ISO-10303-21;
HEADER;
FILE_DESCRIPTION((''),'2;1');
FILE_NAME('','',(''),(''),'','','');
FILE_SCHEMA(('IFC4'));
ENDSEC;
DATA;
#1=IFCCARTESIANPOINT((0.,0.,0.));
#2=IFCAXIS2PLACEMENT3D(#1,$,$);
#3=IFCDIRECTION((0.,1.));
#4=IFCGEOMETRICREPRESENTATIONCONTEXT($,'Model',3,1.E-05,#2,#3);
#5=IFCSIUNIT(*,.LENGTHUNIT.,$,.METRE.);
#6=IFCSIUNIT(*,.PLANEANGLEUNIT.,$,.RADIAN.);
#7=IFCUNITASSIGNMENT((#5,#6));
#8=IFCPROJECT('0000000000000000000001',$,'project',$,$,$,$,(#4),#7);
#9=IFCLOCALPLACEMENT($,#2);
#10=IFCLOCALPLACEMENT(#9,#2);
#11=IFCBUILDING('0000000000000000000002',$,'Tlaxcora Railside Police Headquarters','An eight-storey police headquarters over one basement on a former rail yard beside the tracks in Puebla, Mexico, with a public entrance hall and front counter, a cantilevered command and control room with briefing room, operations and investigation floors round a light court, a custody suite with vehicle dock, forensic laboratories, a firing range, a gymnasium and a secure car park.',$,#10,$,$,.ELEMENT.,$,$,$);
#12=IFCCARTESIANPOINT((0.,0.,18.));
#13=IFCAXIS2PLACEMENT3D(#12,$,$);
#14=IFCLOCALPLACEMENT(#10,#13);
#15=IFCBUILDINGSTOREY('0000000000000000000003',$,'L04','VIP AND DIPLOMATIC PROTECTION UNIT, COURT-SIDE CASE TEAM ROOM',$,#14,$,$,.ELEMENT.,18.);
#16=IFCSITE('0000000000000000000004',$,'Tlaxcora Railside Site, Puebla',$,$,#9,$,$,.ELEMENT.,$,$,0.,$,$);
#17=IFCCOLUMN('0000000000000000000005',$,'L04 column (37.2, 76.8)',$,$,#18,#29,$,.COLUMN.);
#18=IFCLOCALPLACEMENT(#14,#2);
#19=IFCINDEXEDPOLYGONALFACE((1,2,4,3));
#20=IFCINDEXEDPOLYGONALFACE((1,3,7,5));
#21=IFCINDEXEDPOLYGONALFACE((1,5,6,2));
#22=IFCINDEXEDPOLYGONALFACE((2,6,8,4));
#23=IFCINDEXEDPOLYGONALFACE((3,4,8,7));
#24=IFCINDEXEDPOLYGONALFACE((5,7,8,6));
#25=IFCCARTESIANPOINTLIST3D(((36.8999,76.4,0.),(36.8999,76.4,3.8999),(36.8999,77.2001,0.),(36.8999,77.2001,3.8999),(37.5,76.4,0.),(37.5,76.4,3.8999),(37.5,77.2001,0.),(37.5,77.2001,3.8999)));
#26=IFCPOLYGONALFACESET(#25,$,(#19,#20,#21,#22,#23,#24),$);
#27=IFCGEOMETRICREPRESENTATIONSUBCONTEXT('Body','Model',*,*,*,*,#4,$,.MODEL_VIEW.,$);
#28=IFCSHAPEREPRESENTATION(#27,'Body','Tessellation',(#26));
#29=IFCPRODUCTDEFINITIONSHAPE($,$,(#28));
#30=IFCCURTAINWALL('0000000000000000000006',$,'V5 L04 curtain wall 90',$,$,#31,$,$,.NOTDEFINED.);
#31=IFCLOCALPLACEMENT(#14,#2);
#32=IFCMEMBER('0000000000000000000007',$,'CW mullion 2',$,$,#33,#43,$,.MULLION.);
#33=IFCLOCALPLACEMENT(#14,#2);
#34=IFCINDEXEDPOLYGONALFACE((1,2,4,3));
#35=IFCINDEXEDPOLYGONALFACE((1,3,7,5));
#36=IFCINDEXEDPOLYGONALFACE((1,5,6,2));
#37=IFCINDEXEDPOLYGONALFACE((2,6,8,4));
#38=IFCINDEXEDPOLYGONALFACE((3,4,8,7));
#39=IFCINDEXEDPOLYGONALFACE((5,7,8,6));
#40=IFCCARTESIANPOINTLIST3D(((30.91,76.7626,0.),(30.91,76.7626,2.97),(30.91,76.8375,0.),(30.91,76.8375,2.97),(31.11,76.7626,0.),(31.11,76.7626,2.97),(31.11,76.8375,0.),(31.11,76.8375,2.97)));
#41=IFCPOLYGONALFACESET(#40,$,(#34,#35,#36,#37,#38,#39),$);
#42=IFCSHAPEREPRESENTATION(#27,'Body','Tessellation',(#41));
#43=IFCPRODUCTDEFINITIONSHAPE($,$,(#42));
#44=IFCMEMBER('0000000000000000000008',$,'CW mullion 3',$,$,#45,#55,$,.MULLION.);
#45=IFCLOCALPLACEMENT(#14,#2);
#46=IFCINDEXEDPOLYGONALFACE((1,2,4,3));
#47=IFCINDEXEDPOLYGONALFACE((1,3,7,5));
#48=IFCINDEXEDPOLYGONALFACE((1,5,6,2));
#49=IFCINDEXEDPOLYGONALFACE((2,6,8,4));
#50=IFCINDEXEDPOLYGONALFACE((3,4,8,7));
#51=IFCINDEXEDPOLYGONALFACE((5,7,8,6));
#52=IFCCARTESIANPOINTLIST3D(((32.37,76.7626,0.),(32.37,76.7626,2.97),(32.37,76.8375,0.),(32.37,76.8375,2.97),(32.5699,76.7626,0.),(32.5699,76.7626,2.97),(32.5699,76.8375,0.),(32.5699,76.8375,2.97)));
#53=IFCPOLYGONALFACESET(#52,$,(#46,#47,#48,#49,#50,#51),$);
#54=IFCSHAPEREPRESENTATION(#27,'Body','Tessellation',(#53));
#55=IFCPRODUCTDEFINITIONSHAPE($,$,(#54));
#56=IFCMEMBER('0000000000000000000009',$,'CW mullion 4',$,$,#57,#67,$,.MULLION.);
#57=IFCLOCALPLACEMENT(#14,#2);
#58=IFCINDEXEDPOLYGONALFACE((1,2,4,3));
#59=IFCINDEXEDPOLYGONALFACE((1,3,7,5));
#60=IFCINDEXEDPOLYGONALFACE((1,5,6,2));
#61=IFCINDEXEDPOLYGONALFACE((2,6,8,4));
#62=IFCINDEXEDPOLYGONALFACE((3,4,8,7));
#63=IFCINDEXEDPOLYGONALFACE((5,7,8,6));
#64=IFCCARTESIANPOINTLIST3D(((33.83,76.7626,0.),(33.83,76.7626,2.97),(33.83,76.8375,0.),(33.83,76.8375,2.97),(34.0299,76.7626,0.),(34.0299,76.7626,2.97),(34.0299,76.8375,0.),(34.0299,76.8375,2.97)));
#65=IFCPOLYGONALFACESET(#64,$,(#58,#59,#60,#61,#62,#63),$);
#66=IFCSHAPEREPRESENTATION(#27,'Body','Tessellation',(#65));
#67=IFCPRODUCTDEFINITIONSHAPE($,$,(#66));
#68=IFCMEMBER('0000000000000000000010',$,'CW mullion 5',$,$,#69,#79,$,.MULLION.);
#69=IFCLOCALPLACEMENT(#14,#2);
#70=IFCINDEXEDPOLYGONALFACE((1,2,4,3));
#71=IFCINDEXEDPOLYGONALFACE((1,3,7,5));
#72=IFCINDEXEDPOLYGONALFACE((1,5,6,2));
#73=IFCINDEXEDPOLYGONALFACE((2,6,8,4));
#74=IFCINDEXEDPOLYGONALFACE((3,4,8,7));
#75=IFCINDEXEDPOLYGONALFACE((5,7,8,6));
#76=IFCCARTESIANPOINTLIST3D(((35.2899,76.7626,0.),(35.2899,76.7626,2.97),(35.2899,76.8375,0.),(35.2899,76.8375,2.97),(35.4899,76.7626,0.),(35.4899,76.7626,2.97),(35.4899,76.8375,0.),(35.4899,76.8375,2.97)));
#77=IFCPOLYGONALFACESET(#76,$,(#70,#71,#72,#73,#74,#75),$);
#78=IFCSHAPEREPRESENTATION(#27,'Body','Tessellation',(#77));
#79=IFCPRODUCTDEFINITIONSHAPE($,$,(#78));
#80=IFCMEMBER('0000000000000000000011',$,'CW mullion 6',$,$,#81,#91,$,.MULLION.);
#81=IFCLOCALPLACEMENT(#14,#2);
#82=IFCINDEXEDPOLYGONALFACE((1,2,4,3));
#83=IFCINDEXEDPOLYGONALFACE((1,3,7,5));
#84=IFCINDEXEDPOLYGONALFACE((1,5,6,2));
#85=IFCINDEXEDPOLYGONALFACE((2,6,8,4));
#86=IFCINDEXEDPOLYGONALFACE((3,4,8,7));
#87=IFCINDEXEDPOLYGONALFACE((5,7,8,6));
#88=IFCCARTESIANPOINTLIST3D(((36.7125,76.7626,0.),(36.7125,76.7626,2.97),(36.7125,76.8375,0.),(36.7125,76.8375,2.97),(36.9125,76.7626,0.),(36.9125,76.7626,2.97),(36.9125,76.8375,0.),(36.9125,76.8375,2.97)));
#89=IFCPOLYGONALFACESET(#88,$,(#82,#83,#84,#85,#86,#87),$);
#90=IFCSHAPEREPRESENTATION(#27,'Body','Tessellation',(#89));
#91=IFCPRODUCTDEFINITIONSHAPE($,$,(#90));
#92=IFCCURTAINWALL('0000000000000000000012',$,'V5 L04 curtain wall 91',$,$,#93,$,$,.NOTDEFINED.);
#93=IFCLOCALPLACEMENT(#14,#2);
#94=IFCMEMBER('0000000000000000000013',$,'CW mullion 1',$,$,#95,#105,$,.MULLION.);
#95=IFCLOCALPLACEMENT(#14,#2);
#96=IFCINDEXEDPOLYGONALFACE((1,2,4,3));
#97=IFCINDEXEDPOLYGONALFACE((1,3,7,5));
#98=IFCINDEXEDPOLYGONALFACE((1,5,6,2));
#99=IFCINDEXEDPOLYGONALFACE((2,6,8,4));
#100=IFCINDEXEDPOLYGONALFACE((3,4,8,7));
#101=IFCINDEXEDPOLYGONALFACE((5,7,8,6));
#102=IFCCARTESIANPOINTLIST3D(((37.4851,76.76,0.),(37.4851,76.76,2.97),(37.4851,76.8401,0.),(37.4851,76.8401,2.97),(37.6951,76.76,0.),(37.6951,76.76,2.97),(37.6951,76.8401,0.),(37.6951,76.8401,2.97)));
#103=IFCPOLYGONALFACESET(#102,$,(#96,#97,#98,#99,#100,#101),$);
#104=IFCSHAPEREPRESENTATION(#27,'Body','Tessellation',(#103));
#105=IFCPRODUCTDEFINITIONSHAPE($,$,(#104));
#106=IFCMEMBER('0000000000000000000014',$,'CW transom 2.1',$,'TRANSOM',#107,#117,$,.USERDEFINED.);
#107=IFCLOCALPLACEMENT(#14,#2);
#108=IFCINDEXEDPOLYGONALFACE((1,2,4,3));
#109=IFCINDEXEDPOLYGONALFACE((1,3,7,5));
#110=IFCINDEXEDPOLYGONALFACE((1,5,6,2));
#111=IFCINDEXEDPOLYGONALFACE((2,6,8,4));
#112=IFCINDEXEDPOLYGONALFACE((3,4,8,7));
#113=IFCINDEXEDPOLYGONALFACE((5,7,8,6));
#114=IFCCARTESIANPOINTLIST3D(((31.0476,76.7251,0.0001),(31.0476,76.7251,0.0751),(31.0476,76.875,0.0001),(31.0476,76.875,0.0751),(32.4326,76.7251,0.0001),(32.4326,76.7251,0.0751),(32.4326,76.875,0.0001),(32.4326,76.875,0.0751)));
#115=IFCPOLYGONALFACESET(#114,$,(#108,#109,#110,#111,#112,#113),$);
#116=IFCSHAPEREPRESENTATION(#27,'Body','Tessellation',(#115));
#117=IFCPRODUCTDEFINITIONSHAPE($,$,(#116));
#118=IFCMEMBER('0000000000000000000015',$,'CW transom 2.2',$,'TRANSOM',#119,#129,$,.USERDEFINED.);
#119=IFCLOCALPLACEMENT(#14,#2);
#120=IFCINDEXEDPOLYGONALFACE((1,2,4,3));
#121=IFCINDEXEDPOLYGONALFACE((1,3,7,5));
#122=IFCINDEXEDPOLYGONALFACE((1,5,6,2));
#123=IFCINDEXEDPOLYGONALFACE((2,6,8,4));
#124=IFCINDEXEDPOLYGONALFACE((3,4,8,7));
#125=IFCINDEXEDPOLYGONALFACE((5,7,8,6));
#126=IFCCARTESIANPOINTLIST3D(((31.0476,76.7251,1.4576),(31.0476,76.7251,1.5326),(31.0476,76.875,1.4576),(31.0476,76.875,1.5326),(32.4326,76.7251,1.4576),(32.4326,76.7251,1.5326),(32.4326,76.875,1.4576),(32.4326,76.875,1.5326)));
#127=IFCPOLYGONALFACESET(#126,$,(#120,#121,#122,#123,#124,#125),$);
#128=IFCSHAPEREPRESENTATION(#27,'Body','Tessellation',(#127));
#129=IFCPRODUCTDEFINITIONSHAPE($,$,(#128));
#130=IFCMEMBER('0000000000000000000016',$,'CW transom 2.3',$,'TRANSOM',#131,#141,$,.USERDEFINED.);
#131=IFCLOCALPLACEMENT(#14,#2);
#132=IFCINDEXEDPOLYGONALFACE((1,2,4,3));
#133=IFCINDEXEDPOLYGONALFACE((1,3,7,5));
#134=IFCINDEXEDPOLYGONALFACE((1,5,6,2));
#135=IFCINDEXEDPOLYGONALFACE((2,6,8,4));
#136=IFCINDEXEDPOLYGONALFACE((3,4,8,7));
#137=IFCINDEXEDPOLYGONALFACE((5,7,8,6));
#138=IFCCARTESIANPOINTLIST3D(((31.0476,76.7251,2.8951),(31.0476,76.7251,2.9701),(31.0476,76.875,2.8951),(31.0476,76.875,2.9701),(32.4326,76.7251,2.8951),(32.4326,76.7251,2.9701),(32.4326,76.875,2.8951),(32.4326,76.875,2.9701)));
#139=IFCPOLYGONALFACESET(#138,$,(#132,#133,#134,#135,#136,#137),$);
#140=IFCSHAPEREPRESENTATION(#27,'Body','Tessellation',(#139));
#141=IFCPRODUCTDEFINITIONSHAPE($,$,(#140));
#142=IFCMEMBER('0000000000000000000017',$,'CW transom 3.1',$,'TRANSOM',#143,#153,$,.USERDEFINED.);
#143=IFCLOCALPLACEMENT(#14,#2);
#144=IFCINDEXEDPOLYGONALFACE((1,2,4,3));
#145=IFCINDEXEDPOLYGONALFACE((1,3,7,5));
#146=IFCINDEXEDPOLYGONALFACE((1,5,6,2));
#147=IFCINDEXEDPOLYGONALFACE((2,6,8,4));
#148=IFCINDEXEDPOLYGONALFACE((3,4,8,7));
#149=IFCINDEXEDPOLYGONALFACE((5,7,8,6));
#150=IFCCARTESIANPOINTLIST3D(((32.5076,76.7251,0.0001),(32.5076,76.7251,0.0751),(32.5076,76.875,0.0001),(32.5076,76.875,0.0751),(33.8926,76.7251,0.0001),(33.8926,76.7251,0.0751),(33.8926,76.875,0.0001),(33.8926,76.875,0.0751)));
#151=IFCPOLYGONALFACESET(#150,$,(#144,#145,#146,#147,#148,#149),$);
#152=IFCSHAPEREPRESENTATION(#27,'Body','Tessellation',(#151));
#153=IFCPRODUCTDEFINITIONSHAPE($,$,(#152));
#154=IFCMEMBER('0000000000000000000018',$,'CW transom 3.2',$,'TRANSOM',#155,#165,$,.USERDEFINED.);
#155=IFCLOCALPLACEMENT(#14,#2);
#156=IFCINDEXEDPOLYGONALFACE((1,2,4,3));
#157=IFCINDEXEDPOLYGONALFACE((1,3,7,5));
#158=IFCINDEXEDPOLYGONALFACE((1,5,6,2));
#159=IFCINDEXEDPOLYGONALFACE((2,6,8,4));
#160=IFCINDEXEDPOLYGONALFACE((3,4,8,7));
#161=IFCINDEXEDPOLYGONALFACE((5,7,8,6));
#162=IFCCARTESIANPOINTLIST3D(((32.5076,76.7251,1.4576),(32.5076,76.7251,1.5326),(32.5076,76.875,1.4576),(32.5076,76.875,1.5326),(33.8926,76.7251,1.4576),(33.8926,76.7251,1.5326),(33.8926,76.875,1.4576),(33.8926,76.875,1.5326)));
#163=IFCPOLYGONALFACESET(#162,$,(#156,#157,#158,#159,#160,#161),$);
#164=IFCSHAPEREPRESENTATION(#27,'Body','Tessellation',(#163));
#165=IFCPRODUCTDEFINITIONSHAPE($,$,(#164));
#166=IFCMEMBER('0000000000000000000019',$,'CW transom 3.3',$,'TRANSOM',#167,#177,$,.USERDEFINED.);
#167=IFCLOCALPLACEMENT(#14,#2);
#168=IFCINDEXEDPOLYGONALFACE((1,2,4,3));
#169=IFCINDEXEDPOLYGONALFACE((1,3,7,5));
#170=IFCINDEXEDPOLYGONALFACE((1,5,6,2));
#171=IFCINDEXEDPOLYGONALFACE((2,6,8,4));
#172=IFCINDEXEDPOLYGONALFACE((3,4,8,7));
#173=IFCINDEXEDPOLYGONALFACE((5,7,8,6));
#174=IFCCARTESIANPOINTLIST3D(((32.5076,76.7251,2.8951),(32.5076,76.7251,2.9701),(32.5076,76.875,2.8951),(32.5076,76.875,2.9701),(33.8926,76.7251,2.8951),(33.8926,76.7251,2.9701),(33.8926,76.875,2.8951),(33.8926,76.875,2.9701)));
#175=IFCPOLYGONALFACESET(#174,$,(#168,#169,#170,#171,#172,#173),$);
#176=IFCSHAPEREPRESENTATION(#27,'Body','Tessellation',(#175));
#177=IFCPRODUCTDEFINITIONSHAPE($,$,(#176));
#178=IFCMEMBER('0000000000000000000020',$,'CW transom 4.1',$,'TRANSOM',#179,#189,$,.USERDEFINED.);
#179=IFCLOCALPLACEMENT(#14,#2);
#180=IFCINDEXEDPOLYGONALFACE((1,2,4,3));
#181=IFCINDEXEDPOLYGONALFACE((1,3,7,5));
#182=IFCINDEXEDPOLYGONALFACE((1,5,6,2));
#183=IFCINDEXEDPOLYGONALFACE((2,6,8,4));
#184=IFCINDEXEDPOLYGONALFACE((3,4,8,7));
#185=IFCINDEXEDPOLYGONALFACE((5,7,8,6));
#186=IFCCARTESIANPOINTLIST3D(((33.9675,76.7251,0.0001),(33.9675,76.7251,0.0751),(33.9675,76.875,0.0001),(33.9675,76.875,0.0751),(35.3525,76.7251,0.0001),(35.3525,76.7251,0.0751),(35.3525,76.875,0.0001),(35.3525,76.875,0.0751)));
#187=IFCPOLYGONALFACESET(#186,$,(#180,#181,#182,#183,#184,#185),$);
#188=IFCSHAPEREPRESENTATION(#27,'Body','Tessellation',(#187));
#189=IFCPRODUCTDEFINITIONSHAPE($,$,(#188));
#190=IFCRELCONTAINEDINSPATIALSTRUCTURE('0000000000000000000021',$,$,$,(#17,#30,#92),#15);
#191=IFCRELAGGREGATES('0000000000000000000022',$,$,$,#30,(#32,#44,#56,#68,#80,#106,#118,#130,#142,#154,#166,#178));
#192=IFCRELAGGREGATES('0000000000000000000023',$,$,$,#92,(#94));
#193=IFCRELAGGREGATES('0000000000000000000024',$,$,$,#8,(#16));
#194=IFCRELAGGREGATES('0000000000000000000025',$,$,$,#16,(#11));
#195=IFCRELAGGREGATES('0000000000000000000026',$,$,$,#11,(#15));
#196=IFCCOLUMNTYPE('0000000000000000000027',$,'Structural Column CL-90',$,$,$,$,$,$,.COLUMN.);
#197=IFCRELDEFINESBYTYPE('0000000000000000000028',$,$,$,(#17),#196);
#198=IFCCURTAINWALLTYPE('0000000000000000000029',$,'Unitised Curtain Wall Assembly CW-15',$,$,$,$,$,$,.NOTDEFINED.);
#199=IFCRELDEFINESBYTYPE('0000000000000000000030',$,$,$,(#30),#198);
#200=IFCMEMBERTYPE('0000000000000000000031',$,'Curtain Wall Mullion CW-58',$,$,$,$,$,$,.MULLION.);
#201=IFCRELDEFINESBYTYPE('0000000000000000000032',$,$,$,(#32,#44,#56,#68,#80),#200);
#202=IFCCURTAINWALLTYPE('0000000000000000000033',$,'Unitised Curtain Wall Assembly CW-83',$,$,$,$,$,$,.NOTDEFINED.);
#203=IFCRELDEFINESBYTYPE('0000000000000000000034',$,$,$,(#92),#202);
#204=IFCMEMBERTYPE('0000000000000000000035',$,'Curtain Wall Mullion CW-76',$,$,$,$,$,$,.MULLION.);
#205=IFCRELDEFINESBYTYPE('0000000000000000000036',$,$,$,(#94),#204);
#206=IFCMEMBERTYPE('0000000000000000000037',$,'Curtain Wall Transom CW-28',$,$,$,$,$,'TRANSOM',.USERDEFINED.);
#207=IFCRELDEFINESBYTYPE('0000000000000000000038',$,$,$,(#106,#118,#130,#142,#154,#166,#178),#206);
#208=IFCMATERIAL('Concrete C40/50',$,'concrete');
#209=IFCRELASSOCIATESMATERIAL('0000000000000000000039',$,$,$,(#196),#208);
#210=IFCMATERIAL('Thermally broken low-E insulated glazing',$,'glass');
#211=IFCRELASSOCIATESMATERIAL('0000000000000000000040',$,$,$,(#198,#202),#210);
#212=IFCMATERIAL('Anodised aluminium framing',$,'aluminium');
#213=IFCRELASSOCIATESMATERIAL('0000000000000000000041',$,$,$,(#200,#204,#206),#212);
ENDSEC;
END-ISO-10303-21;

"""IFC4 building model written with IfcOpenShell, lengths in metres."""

from ifc_helpers import new_model, si_unit, direction, frame, origin, origin_2d, place, context, subcontext, project, spatial, rectangle, extrude, material, material_profile, profile_set, type_object, element, aggregate, save


model = new_model("IFC4")

# Units and contexts
model_context = context("Model", 3, precision=1e-05, world=origin(), true_north=direction((0.0, 1.0)))
body_context = subcontext(model_context, "Body", "Model", "MODEL_VIEW")
ifc_project = project(units=[si_unit("LENGTHUNIT", "METRE"), si_unit("PLANEANGLEUNIT", "RADIAN")], contexts=[model_context])

# Site, building, storey
site_placement = place(None, origin())
site = spatial("IfcSite", under=ifc_project, at=site_placement, Name="Tlaxcora Railside Site, Puebla", CompositionType="ELEMENT", RefElevation=0.0)
building_placement = place(site_placement, origin())
building = spatial("IfcBuilding", under=site, at=building_placement, Name="Tlaxcora Railside Police Headquarters", Description="An eight-storey police headquarters over one basement on a former rail yard beside the tracks in Puebla, Mexico, with a public entrance hall and front counter, a cantilevered command and control room with briefing room, operations and investigation floors round a light court, a custody suite with vehicle dock, forensic laboratories, a firing range, a gymnasium and a secure car park.", CompositionType="ELEMENT")
storey_placement = place(building_placement, frame((0.0, 0.0, 18.0)))
storey = spatial("IfcBuildingStorey", under=building, at=storey_placement, Name="L04", Description="VIP AND DIPLOMATIC PROTECTION UNIT, COURT-SIDE CASE TEAM ROOM", CompositionType="ELEMENT", Elevation=18.0)

# Column
ifc_material_1 = material(Name="Concrete C40/50", Category="concrete")
ifc_material_profile_1 = material_profile(ifc_material_1, rectangle(XDim=0.6001, YDim=0.8, at=origin_2d()), Name="RC600X800")
ifc_profile_set_1 = profile_set([ifc_material_profile_1], Name="Concrete C40/50")
column_type = type_object("IfcColumnType", Name="Structural Column CL-90", PredefinedType="COLUMN", material=ifc_profile_set_1)
column_placement = place(storey_placement, frame((37.2, 76.8, 0.0), z_axis=(0.0, 0.0, 1.0), x_axis=(1.0, 0.0, 0.0)))
element("IfcColumn", 1, at=column_placement, inside=storey, type_object=column_type, Name="L04 column (37.2, 76.8)", PredefinedType="COLUMN", context=body_context, shape_type="SweptSolid", body=[
    extrude(rectangle(XDim=0.6001, YDim=0.8, at=origin_2d()), origin(), (0.0, 0.0, 1.0), 3.8999),
])

# Curtain wall, members
ifc_material_2 = material(Name="Thermally broken low-E insulated glazing", Category="glass")
curtain_wall_type_1 = type_object("IfcCurtainWallType", Name="Unitised Curtain Wall Assembly CW-15", PredefinedType="NOTDEFINED", material=ifc_material_2)
curtain_wall_1_placement = place(storey_placement, origin())
curtain_wall_1 = element("IfcCurtainWall", 2, at=curtain_wall_1_placement, inside=storey, type_object=curtain_wall_type_1, Name="V5 L04 curtain wall 90", PredefinedType="NOTDEFINED")
ifc_material_3 = material(Name="Anodised aluminium framing", Category="aluminium")
ifc_material_profile_2 = material_profile(ifc_material_3, rectangle(XDim=0.075, YDim=0.2, at=origin_2d()), Name="AL75X200")
ifc_profile_set_2 = profile_set([ifc_material_profile_2], Name="Anodised aluminium framing")
member_type_1 = type_object("IfcMemberType", Name="Curtain Wall Mullion CW-58", PredefinedType="MULLION", material=ifc_profile_set_2)
member_1_placement = place(storey_placement, frame((31.01, 76.8, 0.0), z_axis=(0.0, 0.0, 1.0), x_axis=(0.0, 1.0, 0.0)))
member_1 = element("IfcMember", 3, at=member_1_placement, type_object=member_type_1, Name="CW mullion 2", PredefinedType="MULLION", context=body_context, shape_type="SweptSolid", body=[
    extrude(rectangle(XDim=0.075, YDim=0.2, at=origin_2d()), origin(), (0.0, 0.0, 1.0), 2.97),
])
member_2_placement = place(storey_placement, frame((32.47, 76.8, 0.0), z_axis=(0.0, 0.0, 1.0), x_axis=(0.0, 1.0, 0.0)))
member_2 = element("IfcMember", 4, at=member_2_placement, type_object=member_type_1, Name="CW mullion 3", PredefinedType="MULLION", context=body_context, shape_type="SweptSolid", body=[
    extrude(rectangle(XDim=0.075, YDim=0.2, at=origin_2d()), origin(), (0.0, 0.0, 1.0), 2.97),
])
member_3_placement = place(storey_placement, frame((33.9299, 76.8, 0.0), z_axis=(0.0, 0.0, 1.0), x_axis=(0.0, 1.0, 0.0)))
member_3 = element("IfcMember", 5, at=member_3_placement, type_object=member_type_1, Name="CW mullion 4", PredefinedType="MULLION", context=body_context, shape_type="SweptSolid", body=[
    extrude(rectangle(XDim=0.075, YDim=0.2, at=origin_2d()), origin(), (0.0, 0.0, 1.0), 2.97),
])
member_4_placement = place(storey_placement, frame((35.3899, 76.8, 0.0), z_axis=(0.0, 0.0, 1.0), x_axis=(0.0, 1.0, 0.0)))
member_4 = element("IfcMember", 6, at=member_4_placement, type_object=member_type_1, Name="CW mullion 5", PredefinedType="MULLION", context=body_context, shape_type="SweptSolid", body=[
    extrude(rectangle(XDim=0.075, YDim=0.2, at=origin_2d()), origin(), (0.0, 0.0, 1.0), 2.97),
])
member_5_placement = place(storey_placement, frame((36.8125, 76.8, 0.0), z_axis=(0.0, 0.0, 1.0), x_axis=(0.0, 1.0, 0.0)))
member_5 = element("IfcMember", 7, at=member_5_placement, type_object=member_type_1, Name="CW mullion 6", PredefinedType="MULLION", context=body_context, shape_type="SweptSolid", body=[
    extrude(rectangle(XDim=0.075, YDim=0.2, at=origin_2d()), origin(), (0.0, 0.0, 1.0), 2.97),
])

# Curtain wall, member
curtain_wall_type_2 = type_object("IfcCurtainWallType", Name="Unitised Curtain Wall Assembly CW-83", PredefinedType="NOTDEFINED", material=ifc_material_2)
curtain_wall_2_placement = place(storey_placement, origin())
curtain_wall_2 = element("IfcCurtainWall", 8, at=curtain_wall_2_placement, inside=storey, type_object=curtain_wall_type_2, Name="V5 L04 curtain wall 91", PredefinedType="NOTDEFINED")
ifc_material_profile_3 = material_profile(ifc_material_3, rectangle(XDim=0.0801, YDim=0.21, at=origin_2d()), Name="AL80X210")
ifc_profile_set_3 = profile_set([ifc_material_profile_3], Name="Anodised aluminium framing")
member_type_2 = type_object("IfcMemberType", Name="Curtain Wall Mullion CW-76", PredefinedType="MULLION", material=ifc_profile_set_3)
member_6_placement = place(storey_placement, frame((37.5901, 76.8, 0.0), z_axis=(0.0, 0.0, 1.0), x_axis=(0.0, 1.0, 0.0)))
member_6 = element("IfcMember", 9, at=member_6_placement, type_object=member_type_2, Name="CW mullion 1", PredefinedType="MULLION", context=body_context, shape_type="SweptSolid", body=[
    extrude(rectangle(XDim=0.0801, YDim=0.21, at=origin_2d()), origin(), (0.0, 0.0, 1.0), 2.97),
])

# Members
ifc_material_profile_4 = material_profile(ifc_material_3, rectangle(XDim=0.1499, YDim=0.075, at=origin_2d()), Name="AL75X150")
ifc_profile_set_4 = profile_set([ifc_material_profile_4], Name="Anodised aluminium framing")
member_type_3 = type_object("IfcMemberType", Name="Curtain Wall Transom CW-28", ElementType="TRANSOM", PredefinedType="USERDEFINED", material=ifc_profile_set_4)
member_7_placement = place(storey_placement, frame((31.0476, 76.8, 0.0376), z_axis=(1.0, 0.0, 0.0), x_axis=(0.0, 1.0, 0.0)))
member_7 = element("IfcMember", 10, at=member_7_placement, type_object=member_type_3, Name="CW transom 2.1", ObjectType="TRANSOM", PredefinedType="USERDEFINED", context=body_context, shape_type="SweptSolid", body=[
    extrude(rectangle(XDim=0.1499, YDim=0.075, at=origin_2d()), origin(), (0.0, 0.0, 1.0), 1.385),
])
member_8_placement = place(storey_placement, frame((31.0476, 76.8, 1.4951), z_axis=(1.0, 0.0, 0.0), x_axis=(0.0, 1.0, 0.0)))
member_8 = element("IfcMember", 11, at=member_8_placement, type_object=member_type_3, Name="CW transom 2.2", ObjectType="TRANSOM", PredefinedType="USERDEFINED", context=body_context, shape_type="SweptSolid", body=[
    extrude(rectangle(XDim=0.1499, YDim=0.075, at=origin_2d()), origin(), (0.0, 0.0, 1.0), 1.385),
])
member_9_placement = place(storey_placement, frame((31.0476, 76.8, 2.9326), z_axis=(1.0, 0.0, 0.0), x_axis=(0.0, 1.0, 0.0)))
member_9 = element("IfcMember", 12, at=member_9_placement, type_object=member_type_3, Name="CW transom 2.3", ObjectType="TRANSOM", PredefinedType="USERDEFINED", context=body_context, shape_type="SweptSolid", body=[
    extrude(rectangle(XDim=0.1499, YDim=0.075, at=origin_2d()), origin(), (0.0, 0.0, 1.0), 1.385),
])
member_10_placement = place(storey_placement, frame((32.5076, 76.8, 0.0376), z_axis=(1.0, 0.0, 0.0), x_axis=(0.0, 1.0, 0.0)))
member_10 = element("IfcMember", 13, at=member_10_placement, type_object=member_type_3, Name="CW transom 3.1", ObjectType="TRANSOM", PredefinedType="USERDEFINED", context=body_context, shape_type="SweptSolid", body=[
    extrude(rectangle(XDim=0.1499, YDim=0.075, at=origin_2d()), origin(), (0.0, 0.0, 1.0), 1.385),
])
member_11_placement = place(storey_placement, frame((32.5076, 76.8, 1.4951), z_axis=(1.0, 0.0, 0.0), x_axis=(0.0, 1.0, 0.0)))
member_11 = element("IfcMember", 14, at=member_11_placement, type_object=member_type_3, Name="CW transom 3.2", ObjectType="TRANSOM", PredefinedType="USERDEFINED", context=body_context, shape_type="SweptSolid", body=[
    extrude(rectangle(XDim=0.1499, YDim=0.075, at=origin_2d()), origin(), (0.0, 0.0, 1.0), 1.385),
])
member_12_placement = place(storey_placement, frame((32.5076, 76.8, 2.9326), z_axis=(1.0, 0.0, 0.0), x_axis=(0.0, 1.0, 0.0)))
member_12 = element("IfcMember", 15, at=member_12_placement, type_object=member_type_3, Name="CW transom 3.3", ObjectType="TRANSOM", PredefinedType="USERDEFINED", context=body_context, shape_type="SweptSolid", body=[
    extrude(rectangle(XDim=0.1499, YDim=0.075, at=origin_2d()), origin(), (0.0, 0.0, 1.0), 1.385),
])
member_13_placement = place(storey_placement, frame((33.9675, 76.8, 0.0376), z_axis=(1.0, 0.0, 0.0), x_axis=(0.0, 1.0, 0.0)))
member_13 = element("IfcMember", 16, at=member_13_placement, type_object=member_type_3, Name="CW transom 4.1", ObjectType="TRANSOM", PredefinedType="USERDEFINED", context=body_context, shape_type="SweptSolid", body=[
    extrude(rectangle(XDim=0.1499, YDim=0.075, at=origin_2d()), origin(), (0.0, 0.0, 1.0), 1.385),
])

aggregate(curtain_wall_1, [member_1, member_2, member_3, member_4, member_5, member_7, member_8, member_9, member_10, member_11, member_12, member_13])
aggregate(curtain_wall_2, [member_6])

save(model, "model.ifc")
